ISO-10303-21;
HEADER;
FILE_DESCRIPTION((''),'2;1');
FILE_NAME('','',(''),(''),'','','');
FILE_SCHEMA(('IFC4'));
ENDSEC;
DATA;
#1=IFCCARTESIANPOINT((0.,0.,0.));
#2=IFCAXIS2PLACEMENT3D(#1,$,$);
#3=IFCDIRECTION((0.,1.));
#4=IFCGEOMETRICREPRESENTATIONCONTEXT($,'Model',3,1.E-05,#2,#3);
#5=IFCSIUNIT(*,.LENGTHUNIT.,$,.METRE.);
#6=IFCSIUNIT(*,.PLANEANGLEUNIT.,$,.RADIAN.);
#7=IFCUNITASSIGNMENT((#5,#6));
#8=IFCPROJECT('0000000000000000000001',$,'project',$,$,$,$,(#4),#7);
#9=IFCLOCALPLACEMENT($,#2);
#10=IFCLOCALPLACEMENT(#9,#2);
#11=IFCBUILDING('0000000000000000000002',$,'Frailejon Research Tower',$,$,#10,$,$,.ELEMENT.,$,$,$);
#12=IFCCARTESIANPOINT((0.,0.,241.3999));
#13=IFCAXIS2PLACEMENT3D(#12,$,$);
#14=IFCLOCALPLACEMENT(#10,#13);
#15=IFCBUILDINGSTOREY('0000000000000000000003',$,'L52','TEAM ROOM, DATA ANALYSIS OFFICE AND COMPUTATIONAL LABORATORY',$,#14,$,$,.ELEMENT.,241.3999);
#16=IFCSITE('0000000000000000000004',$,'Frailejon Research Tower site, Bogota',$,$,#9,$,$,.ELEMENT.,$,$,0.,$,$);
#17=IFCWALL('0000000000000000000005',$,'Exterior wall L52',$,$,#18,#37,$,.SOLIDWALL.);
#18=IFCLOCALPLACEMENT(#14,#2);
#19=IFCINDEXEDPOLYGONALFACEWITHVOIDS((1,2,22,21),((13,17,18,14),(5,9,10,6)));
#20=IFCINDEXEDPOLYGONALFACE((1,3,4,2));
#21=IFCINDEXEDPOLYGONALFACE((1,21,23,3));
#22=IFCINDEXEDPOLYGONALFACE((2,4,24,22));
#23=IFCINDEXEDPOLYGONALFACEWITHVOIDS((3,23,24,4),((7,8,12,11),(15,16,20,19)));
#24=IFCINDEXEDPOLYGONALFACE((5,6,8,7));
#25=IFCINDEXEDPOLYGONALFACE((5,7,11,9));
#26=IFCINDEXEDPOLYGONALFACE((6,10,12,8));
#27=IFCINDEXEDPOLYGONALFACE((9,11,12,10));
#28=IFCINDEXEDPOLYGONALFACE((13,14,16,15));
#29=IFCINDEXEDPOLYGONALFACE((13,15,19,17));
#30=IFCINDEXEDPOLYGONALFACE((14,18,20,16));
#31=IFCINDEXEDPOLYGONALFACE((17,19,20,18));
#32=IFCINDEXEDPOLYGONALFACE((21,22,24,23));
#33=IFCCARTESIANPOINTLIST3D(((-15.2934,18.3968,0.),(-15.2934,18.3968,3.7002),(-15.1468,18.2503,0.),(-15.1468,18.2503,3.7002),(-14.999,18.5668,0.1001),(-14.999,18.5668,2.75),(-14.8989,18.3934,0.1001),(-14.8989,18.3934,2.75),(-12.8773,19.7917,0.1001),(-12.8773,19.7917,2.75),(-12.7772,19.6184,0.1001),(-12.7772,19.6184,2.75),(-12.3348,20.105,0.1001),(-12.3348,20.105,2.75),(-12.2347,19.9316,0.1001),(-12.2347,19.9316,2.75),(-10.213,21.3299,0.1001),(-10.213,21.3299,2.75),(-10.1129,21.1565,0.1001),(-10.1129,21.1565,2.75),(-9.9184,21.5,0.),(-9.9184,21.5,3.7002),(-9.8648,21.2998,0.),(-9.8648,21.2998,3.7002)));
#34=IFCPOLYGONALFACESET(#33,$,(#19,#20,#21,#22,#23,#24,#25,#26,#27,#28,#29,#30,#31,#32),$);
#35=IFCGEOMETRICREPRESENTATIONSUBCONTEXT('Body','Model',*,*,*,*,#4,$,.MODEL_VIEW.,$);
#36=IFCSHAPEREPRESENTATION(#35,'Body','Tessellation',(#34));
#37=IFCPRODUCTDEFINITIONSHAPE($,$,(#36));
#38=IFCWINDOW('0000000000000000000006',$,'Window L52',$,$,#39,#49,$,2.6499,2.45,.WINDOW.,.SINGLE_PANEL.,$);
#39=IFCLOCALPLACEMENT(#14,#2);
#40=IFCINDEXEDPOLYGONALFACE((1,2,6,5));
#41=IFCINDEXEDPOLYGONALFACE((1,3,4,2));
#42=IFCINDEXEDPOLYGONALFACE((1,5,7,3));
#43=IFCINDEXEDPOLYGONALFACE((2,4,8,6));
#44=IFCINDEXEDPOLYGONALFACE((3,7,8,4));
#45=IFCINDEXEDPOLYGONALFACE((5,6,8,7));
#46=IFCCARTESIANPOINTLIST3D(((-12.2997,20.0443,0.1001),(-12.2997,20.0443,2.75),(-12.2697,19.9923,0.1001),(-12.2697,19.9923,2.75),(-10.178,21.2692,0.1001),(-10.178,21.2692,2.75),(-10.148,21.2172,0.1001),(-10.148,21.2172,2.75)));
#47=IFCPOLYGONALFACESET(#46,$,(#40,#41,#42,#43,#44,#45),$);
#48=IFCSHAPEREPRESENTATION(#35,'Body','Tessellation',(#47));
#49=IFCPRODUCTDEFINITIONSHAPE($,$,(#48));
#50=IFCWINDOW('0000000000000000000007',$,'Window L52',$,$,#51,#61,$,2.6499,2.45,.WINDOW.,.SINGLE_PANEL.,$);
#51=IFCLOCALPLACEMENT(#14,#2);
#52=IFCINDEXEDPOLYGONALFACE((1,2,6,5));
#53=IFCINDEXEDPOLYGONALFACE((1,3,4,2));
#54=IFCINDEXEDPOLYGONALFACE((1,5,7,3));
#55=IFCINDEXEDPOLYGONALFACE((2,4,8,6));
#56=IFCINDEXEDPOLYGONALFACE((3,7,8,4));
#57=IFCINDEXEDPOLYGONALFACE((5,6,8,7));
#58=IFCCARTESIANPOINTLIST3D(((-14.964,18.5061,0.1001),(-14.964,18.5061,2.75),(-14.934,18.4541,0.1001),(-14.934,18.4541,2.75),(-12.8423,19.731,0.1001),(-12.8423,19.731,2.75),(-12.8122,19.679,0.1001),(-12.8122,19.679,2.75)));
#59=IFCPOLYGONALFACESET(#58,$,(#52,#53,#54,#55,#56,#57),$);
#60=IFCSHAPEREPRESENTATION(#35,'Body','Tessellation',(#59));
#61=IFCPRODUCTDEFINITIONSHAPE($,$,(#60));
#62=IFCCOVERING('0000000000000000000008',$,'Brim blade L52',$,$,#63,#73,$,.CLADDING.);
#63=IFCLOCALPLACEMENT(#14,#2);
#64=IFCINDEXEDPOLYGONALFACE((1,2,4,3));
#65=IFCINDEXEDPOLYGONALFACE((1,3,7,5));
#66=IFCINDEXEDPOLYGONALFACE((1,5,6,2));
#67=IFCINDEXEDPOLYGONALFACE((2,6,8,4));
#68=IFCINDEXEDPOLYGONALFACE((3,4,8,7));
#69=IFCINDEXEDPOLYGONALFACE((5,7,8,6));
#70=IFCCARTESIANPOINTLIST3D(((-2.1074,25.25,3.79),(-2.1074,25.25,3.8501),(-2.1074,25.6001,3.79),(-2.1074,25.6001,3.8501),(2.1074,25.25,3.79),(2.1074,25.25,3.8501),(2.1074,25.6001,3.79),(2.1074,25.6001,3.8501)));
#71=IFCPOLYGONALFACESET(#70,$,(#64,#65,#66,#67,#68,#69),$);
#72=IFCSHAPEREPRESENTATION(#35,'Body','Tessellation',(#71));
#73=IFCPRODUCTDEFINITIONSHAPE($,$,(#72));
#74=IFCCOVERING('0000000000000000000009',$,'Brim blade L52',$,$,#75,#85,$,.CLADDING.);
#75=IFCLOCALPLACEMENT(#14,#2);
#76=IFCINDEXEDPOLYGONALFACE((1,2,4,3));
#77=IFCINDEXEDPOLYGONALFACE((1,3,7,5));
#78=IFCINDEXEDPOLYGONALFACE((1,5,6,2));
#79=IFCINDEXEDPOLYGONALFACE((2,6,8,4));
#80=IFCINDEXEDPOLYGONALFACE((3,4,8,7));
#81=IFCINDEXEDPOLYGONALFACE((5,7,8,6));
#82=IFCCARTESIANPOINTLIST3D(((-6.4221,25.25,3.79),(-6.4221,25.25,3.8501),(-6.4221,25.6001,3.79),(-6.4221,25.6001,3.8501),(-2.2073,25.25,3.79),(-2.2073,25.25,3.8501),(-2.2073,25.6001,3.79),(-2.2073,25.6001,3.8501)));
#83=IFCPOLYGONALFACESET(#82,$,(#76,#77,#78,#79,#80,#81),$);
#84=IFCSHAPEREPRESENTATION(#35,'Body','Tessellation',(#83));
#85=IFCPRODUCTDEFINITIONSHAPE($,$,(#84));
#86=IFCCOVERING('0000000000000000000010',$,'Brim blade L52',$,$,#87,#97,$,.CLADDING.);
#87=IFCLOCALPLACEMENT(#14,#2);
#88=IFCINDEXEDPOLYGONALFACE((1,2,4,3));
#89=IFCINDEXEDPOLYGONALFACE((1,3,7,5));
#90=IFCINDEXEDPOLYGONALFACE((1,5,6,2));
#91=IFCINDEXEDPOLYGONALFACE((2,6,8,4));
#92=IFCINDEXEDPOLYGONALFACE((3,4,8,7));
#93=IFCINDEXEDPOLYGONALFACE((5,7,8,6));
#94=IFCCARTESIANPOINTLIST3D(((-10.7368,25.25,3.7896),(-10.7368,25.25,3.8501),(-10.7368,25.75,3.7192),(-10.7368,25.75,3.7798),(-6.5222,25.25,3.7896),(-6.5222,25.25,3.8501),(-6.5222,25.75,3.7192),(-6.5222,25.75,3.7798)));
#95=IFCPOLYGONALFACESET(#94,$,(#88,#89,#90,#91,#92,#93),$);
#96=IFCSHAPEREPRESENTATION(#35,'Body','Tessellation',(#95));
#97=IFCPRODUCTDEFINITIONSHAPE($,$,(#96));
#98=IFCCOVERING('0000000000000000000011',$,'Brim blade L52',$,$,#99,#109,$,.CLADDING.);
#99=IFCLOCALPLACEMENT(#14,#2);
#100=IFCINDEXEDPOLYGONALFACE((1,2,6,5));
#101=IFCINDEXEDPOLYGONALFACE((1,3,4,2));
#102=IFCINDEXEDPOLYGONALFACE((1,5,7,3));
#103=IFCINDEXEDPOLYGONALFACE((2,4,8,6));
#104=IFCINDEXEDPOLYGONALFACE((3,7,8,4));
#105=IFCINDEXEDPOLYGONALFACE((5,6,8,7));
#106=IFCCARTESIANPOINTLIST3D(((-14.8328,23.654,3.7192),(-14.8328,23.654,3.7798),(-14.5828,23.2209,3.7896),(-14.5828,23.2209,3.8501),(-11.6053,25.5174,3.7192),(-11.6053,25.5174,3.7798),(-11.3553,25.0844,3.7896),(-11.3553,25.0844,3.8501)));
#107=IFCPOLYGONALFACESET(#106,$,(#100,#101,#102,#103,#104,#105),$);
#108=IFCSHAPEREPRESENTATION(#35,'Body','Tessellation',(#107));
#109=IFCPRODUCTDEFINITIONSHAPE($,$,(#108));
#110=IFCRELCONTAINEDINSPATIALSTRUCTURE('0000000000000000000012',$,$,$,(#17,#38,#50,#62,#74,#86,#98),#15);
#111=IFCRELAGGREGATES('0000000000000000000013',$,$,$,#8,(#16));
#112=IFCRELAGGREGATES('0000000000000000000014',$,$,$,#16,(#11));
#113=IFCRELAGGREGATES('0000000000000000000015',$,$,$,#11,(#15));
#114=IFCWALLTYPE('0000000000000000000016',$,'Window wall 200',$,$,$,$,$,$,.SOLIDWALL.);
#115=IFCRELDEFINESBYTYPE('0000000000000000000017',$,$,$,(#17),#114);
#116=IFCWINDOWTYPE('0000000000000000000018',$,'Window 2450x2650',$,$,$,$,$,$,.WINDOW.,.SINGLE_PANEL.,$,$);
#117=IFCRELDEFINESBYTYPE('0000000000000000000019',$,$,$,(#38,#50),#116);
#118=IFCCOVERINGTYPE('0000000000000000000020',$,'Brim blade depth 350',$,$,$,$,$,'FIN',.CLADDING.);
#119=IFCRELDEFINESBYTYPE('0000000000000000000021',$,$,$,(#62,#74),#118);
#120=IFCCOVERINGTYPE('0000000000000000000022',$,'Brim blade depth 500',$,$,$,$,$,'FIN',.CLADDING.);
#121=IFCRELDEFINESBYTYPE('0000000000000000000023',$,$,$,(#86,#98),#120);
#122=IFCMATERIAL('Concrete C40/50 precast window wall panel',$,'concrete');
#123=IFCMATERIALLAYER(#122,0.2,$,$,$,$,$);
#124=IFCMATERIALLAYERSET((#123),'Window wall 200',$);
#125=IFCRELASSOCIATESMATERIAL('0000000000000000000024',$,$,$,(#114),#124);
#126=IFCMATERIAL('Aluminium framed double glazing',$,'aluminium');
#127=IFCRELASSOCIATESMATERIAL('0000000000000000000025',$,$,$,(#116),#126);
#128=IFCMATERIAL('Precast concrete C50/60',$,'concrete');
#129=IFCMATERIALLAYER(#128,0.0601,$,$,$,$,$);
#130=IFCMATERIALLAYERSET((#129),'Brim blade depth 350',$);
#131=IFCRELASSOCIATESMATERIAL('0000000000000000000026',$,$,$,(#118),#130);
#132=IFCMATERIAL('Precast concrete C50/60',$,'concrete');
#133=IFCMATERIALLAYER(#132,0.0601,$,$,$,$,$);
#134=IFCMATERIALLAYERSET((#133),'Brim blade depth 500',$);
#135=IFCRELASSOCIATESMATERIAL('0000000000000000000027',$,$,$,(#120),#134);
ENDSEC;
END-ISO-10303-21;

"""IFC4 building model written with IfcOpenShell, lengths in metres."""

from ifc_helpers import new_model, si_unit, direction, frame, frame_2d, origin, place, context, subcontext, project, spatial, polyline, rectangle, outline, extrude, material, layer, layer_set, type_object, element, fill, save


model = new_model("IFC4")

# Units and contexts
model_context = context("Model", 3, precision=1e-05, world=origin(), true_north=direction((0.0, 1.0)))
body_context = subcontext(model_context, "Body", "Model", "MODEL_VIEW")
ifc_project = project(units=[si_unit("LENGTHUNIT", "METRE"), si_unit("PLANEANGLEUNIT", "RADIAN")], contexts=[model_context])

# Site, building, storey
site_placement = place(None, origin())
site = spatial("IfcSite", under=ifc_project, at=site_placement, Name="Frailejon Research Tower site, Bogota", CompositionType="ELEMENT", RefElevation=0.0)
building_placement = place(site_placement, origin())
building = spatial("IfcBuilding", under=site, at=building_placement, Name="Frailejon Research Tower", CompositionType="ELEMENT")
storey_placement = place(building_placement, frame((0.0, 0.0, 241.3999)))
storey = spatial("IfcBuildingStorey", under=building, at=storey_placement, Name="L52", Description="TEAM ROOM, DATA ANALYSIS OFFICE AND COMPUTATIONAL LABORATORY", CompositionType="ELEMENT", Elevation=241.3999)

# Wall, openings, windows
ifc_material_1 = material(Name="Concrete C40/50 precast window wall panel", Category="concrete")
ifc_layer_1 = layer(ifc_material_1, 0.2)
ifc_layer_set_1 = layer_set([ifc_layer_1], Name="Window wall 200")
wall_type = type_object("IfcWallType", Name="Window wall 200", PredefinedType="SOLIDWALL", material=ifc_layer_set_1)
wall_placement = place(storey_placement, frame((-9.8916, 21.3999, 0.0), z_axis=(0.0, 0.0, 1.0), x_axis=(-0.86603, -0.499993, 0.0)))
wall = element("IfcWall", 1, at=wall_placement, inside=storey, type_object=wall_type, Name="Exterior wall L52", PredefinedType="SOLIDWALL", context=body_context, shape_type="SweptSolid", body=[
    extrude(outline(polyline([(-0.0269, -0.1001), (1.0076, -0.1001), (2.042, -0.1001), (3.0764, -0.1001), (4.1108, -0.1001), (5.1453, -0.1001), (6.1797, -0.1001), (6.126, 0.1001), (5.1094, 0.1001), (4.093, 0.1001), (3.0764, 0.1001), (2.0598, 0.1001), (1.0435, 0.1001), (0.0269, 0.1001), (-0.0269, -0.1001)])), origin(), (0.0, 0.0, 1.0), 3.7002),
])
opening_1_placement = place(wall_placement, frame((0.3132, 0.0, 0.1001)))
opening_1 = element("IfcOpeningElement", 2, at=opening_1_placement, cuts=wall, PredefinedType="OPENING", context=body_context, shape_type="SweptSolid", body=[
    extrude(rectangle(XDim=2.45, YDim=2.6499, at=frame_2d((1.2251, 1.325))), frame((0.0, 0.1099, 0.0), z_axis=(0.0, -1.0, 0.0), x_axis=(1.0, 0.0, 0.0)), (0.0, 0.0, 1.0), 0.22),
])
opening_2_placement = place(wall_placement, frame((3.3896, 0.0, 0.1001)))
opening_2 = element("IfcOpeningElement", 3, at=opening_2_placement, cuts=wall, PredefinedType="OPENING", context=body_context, shape_type="SweptSolid", body=[
    extrude(rectangle(XDim=2.45, YDim=2.6499, at=frame_2d((1.2251, 1.325))), frame((0.0, 0.1099, 0.0), z_axis=(0.0, -1.0, 0.0), x_axis=(1.0, 0.0, 0.0)), (0.0, 0.0, 1.0), 0.22),
])
ifc_material_2 = material(Name="Aluminium framed double glazing", Category="aluminium")
window_type = type_object("IfcWindowType", Name="Window 2450x2650", PartitioningType="SINGLE_PANEL", PredefinedType="WINDOW", material=ifc_material_2)
window_1_placement = place(opening_1_placement, origin())
window_1 = element("IfcWindow", 4, at=window_1_placement, inside=storey, type_object=window_type, Name="Window L52", OverallHeight=2.6499, OverallWidth=2.45, PartitioningType="SINGLE_PANEL", PredefinedType="WINDOW", context=body_context, shape_type="SweptSolid", body=[
    extrude(rectangle(XDim=2.45, YDim=2.6499, at=frame_2d((1.2251, 1.325))), frame((0.0, 0.03, 0.0), z_axis=(0.0, -1.0, 0.0), x_axis=(1.0, 0.0, 0.0)), (0.0, 0.0, 1.0), 0.0601),
])
fill(opening_1, window_1)
window_2_placement = place(opening_2_placement, origin())
window_2 = element("IfcWindow", 5, at=window_2_placement, inside=storey, type_object=window_type, Name="Window L52", OverallHeight=2.6499, OverallWidth=2.45, PartitioningType="SINGLE_PANEL", PredefinedType="WINDOW", context=body_context, shape_type="SweptSolid", body=[
    extrude(rectangle(XDim=2.45, YDim=2.6499, at=frame_2d((1.2251, 1.325))), frame((0.0, 0.03, 0.0), z_axis=(0.0, -1.0, 0.0), x_axis=(1.0, 0.0, 0.0)), (0.0, 0.0, 1.0), 0.0601),
])
fill(opening_2, window_2)

# Coverings
ifc_material_3 = material(Name="Precast concrete C50/60", Category="concrete")
ifc_layer_2 = layer(ifc_material_3, 0.0601)
ifc_layer_set_2 = layer_set([ifc_layer_2], Name="Brim blade depth 350")
covering_type_1 = type_object("IfcCoveringType", Name="Brim blade depth 350", ElementType="FIN", PredefinedType="CLADDING", material=ifc_layer_set_2)
for number, where, z_axis, x_axis, name in (
    (6, (-2.1074, 25.25, 3.8501), (1.0, 0.0, 0.0), (0.0, 1.0, 0.0), "Brim blade L52"),
    (7, (-6.4221, 25.25, 3.8501), (1.0, 0.0, 0.0), (0.0, 1.0, 0.0), "Brim blade L52"),
):
    element("IfcCovering", number, at=place(storey_placement, frame(where, z_axis=z_axis, x_axis=x_axis)), inside=storey, type_object=covering_type_1, Name=name, PredefinedType="CLADDING", context=body_context, shape_type="SweptSolid", body=[
        extrude(outline(polyline([(0.0, -0.0601), (0.3501, -0.0601), (0.3501, 0.0), (0.0, 0.0), (0.0, -0.0601)])), origin(), (0.0, 0.0, 1.0), 4.2148),
    ])
ifc_material_4 = material(Name="Precast concrete C50/60", Category="concrete")
ifc_layer_3 = layer(ifc_material_4, 0.0601)
ifc_layer_set_3 = layer_set([ifc_layer_3], Name="Brim blade depth 500")
covering_type_2 = type_object("IfcCoveringType", Name="Brim blade depth 500", ElementType="FIN", PredefinedType="CLADDING", material=ifc_layer_set_3)
covering_1_placement = place(storey_placement, frame((-10.7368, 25.25, 3.8501), z_axis=(1.0, 0.0, 0.0), x_axis=(0.0, 1.0, 0.0)))
element("IfcCovering", 8, at=covering_1_placement, inside=storey, type_object=covering_type_2, Name="Brim blade L52", PredefinedType="CLADDING", context=body_context, shape_type="SweptSolid", body=[
    extrude(outline(polyline([(0.0, -0.0605), (0.5, -0.1309), (0.5, -0.0703), (0.0, 0.0), (0.0, -0.0605)])), origin(), (0.0, 0.0, 1.0), 4.2146),
])
covering_2_placement = place(storey_placement, frame((-14.5828, 23.2209, 3.8501), z_axis=(0.866025, 0.500001, 0.0), x_axis=(-0.500001, 0.866025, 0.0)))
element("IfcCovering", 9, at=covering_2_placement, inside=storey, type_object=covering_type_2, Name="Brim blade L52", PredefinedType="CLADDING", context=body_context, shape_type="SweptSolid", body=[
    extrude(outline(polyline([(0.0, -0.0605), (0.5, -0.1309), (0.5, -0.0703), (0.0, 0.0), (0.0, -0.0605)])), origin(), (0.0, 0.0, 1.0), 3.7268),
])

save(model, "model.ifc")
